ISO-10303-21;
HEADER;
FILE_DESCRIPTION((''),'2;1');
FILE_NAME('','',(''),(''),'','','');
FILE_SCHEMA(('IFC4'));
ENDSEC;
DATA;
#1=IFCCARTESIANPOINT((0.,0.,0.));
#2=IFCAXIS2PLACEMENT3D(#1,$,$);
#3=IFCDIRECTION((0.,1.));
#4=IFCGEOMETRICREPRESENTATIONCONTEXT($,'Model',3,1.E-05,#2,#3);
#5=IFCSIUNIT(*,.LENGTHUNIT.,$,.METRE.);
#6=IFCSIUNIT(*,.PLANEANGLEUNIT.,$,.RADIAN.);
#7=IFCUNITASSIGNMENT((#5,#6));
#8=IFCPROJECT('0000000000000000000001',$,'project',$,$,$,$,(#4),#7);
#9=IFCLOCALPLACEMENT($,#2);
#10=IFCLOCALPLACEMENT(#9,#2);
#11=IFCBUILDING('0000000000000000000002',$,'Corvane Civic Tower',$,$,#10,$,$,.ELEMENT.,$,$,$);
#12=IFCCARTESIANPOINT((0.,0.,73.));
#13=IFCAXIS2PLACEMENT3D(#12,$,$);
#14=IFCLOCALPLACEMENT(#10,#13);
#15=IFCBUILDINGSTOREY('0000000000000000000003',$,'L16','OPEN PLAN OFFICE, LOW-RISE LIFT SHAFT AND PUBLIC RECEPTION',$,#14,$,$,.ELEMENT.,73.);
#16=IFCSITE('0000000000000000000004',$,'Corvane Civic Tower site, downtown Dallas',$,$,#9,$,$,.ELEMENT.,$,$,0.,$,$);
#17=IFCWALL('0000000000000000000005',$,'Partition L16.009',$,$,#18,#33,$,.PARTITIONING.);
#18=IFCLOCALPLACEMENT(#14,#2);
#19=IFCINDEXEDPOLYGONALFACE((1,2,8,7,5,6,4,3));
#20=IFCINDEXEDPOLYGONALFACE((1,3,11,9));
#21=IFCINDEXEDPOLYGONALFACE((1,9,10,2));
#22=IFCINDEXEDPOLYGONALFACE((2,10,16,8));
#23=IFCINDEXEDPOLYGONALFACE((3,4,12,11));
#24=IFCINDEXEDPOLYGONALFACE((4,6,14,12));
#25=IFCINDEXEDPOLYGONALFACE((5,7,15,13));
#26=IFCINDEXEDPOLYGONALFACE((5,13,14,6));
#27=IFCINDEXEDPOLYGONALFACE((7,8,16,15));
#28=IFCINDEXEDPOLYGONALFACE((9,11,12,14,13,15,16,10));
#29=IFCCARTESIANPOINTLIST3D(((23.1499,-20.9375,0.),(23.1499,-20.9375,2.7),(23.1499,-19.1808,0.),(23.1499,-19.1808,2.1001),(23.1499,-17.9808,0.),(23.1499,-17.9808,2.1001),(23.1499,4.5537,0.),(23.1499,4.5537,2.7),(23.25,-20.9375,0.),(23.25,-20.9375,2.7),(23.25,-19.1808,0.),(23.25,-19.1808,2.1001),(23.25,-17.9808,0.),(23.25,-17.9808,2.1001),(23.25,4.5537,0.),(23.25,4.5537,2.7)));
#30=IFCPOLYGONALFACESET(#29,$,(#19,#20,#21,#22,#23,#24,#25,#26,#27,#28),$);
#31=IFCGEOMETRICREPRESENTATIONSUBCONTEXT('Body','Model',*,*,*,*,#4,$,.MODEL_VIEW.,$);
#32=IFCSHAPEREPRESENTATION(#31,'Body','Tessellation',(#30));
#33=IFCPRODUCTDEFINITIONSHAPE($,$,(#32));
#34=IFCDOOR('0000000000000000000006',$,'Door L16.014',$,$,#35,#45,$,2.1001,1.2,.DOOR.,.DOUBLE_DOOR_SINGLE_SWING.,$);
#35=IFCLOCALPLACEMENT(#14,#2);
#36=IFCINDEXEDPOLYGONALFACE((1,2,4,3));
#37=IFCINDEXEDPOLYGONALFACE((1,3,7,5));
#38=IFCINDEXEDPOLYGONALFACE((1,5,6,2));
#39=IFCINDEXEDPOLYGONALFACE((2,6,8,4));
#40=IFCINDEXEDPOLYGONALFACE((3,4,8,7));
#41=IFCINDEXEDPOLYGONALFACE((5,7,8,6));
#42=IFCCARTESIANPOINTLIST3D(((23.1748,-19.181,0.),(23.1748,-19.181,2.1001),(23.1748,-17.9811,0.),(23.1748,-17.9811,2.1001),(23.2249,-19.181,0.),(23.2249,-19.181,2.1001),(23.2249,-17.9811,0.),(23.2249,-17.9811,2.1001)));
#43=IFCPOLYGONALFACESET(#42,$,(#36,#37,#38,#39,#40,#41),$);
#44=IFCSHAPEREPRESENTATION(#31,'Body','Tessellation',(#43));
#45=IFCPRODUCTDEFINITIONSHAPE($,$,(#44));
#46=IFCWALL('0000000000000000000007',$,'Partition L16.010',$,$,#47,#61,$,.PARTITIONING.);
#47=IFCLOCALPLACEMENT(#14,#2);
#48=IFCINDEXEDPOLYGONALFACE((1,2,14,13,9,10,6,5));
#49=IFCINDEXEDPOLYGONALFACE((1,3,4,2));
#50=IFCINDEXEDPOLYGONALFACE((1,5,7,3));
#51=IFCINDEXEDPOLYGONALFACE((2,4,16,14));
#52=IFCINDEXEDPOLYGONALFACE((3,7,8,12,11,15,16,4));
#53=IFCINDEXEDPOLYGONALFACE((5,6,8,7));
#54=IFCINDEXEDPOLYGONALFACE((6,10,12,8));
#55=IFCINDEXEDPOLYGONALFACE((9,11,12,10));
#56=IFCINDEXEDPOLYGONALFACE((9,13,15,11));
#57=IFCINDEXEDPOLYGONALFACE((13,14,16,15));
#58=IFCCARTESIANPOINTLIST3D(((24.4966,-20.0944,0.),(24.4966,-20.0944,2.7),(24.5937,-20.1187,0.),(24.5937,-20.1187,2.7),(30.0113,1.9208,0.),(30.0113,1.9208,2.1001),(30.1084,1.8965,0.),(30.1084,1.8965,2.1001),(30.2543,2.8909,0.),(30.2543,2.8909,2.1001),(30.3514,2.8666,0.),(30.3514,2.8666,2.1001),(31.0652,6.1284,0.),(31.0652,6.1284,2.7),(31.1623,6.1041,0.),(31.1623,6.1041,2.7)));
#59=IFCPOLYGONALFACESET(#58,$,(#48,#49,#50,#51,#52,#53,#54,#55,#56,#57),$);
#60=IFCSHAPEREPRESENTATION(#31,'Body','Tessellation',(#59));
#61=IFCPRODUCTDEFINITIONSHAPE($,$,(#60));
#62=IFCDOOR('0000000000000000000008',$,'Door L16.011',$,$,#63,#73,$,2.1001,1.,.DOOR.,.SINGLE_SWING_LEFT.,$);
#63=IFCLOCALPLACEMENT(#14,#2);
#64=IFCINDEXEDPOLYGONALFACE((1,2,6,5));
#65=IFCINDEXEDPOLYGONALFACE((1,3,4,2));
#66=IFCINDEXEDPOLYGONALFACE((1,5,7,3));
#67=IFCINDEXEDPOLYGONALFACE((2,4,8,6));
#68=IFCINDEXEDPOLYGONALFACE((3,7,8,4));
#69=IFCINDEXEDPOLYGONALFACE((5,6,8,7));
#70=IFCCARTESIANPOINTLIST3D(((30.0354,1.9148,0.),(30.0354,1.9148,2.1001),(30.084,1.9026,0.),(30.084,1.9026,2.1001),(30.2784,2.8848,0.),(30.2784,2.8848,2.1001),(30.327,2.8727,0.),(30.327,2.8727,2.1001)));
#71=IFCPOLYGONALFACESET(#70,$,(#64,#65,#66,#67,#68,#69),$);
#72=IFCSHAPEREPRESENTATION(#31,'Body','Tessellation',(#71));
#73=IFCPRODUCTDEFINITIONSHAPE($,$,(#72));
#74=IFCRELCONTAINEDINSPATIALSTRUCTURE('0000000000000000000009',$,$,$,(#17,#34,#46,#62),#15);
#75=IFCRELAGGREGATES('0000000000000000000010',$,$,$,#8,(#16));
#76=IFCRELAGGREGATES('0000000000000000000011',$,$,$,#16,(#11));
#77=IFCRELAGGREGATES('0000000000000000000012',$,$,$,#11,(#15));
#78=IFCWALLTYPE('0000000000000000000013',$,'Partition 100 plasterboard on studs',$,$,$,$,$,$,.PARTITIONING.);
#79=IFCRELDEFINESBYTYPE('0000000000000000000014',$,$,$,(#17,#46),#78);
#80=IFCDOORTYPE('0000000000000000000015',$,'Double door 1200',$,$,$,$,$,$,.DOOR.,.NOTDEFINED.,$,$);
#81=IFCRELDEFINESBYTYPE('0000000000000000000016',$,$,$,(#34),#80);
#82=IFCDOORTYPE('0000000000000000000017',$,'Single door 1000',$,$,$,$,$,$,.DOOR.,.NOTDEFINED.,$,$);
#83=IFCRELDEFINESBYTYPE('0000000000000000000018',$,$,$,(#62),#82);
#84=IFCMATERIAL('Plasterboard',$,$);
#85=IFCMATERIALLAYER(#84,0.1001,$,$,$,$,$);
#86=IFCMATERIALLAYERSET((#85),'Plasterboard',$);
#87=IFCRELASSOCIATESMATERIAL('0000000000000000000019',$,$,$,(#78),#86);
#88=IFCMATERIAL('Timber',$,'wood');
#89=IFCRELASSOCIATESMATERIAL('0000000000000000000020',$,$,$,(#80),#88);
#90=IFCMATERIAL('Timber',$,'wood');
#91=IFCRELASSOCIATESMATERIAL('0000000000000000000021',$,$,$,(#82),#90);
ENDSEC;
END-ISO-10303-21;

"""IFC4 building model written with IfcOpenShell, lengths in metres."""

from ifc_helpers import new_model, si_unit, direction, frame, frame_2d, origin, place, context, subcontext, project, spatial, rectangle, extrude, material, layer, layer_set, type_object, element, fill, save


model = new_model("IFC4")

# Units and contexts
model_context = context("Model", 3, precision=1e-05, world=origin(), true_north=direction((0.0, 1.0)))
body_context = subcontext(model_context, "Body", "Model", "MODEL_VIEW")
ifc_project = project(units=[si_unit("LENGTHUNIT", "METRE"), si_unit("PLANEANGLEUNIT", "RADIAN")], contexts=[model_context])

# Site, building, storey
site_placement = place(None, origin())
site = spatial("IfcSite", under=ifc_project, at=site_placement, Name="Corvane Civic Tower site, downtown Dallas", CompositionType="ELEMENT", RefElevation=0.0)
building_placement = place(site_placement, origin())
building = spatial("IfcBuilding", under=site, at=building_placement, Name="Corvane Civic Tower", CompositionType="ELEMENT")
storey_placement = place(building_placement, frame((0.0, 0.0, 73.0)))
storey = spatial("IfcBuildingStorey", under=building, at=storey_placement, Name="L16", Description="OPEN PLAN OFFICE, LOW-RISE LIFT SHAFT AND PUBLIC RECEPTION", CompositionType="ELEMENT", Elevation=73.0)

# Shared definitions
ifc_material_1 = material(Name="Plasterboard")
ifc_layer_1 = layer(ifc_material_1, 0.1001)
ifc_layer_set_1 = layer_set([ifc_layer_1], Name="Plasterboard")
wall_type = type_object("IfcWallType", Name="Partition 100 plasterboard on studs", PredefinedType="PARTITIONING", material=ifc_layer_set_1)

# Walls, openings, doors
wall_1_placement = place(storey_placement, frame((23.2, -20.9375, 0.0), z_axis=(0.0, 0.0, 1.0), x_axis=(0.0, 1.0, 0.0)))
wall_1 = element("IfcWall", 1, at=wall_1_placement, inside=storey, type_object=wall_type, Name="Partition L16.009", PredefinedType="PARTITIONING", context=body_context, shape_type="SweptSolid", body=[
    extrude(rectangle(XDim=25.4912, YDim=0.1001, at=frame_2d((12.7456, 0.0))), origin(), (0.0, 0.0, 1.0), 2.7),
])
opening_1_placement = place(wall_1_placement, frame((1.7566, 0.0, 0.0)))
opening_1 = element("IfcOpeningElement", 2, at=opening_1_placement, cuts=wall_1, PredefinedType="OPENING", context=body_context, shape_type="SweptSolid", body=[
    extrude(rectangle(XDim=1.2, YDim=2.1001, at=frame_2d((0.6001, 1.05))), frame((0.0, 0.0601, 0.0), z_axis=(0.0, -1.0, 0.0), x_axis=(1.0, 0.0, 0.0)), (0.0, 0.0, 1.0), 0.1201),
])
ifc_material_2 = material(Name="Timber", Category="wood")
door_type_1 = type_object("IfcDoorType", Name="Double door 1200", OperationType="NOTDEFINED", PredefinedType="DOOR", material=ifc_material_2)
door_1_placement = place(opening_1_placement, frame((1.2, 0.0, 0.0), z_axis=(0.0, 0.0, 1.0), x_axis=(-1.0, 0.0, 0.0)))
door_1 = element("IfcDoor", 3, at=door_1_placement, inside=storey, type_object=door_type_1, Name="Door L16.014", OperationType="DOUBLE_DOOR_SINGLE_SWING", OverallHeight=2.1001, OverallWidth=1.2, PredefinedType="DOOR", context=body_context, shape_type="SweptSolid", body=[
    extrude(rectangle(XDim=1.2, YDim=2.1001, at=frame_2d((0.6001, 1.05))), frame((0.0, 0.0249, 0.0), z_axis=(0.0, -1.0, 0.0), x_axis=(1.0, 0.0, 0.0)), (0.0, 0.0, 1.0), 0.05),
])
fill(opening_1, door_1)
wall_2_placement = place(storey_placement, frame((24.5452, -20.1067, 0.0), z_axis=(0.0, 0.0, 1.0), x_axis=(0.242984, 0.97003, 0.0)))
wall_2 = element("IfcWall", 4, at=wall_2_placement, inside=storey, type_object=wall_type, Name="Partition L16.010", PredefinedType="PARTITIONING", context=body_context, shape_type="SweptSolid", body=[
    extrude(rectangle(XDim=27.033, YDim=0.1001, at=frame_2d((13.5166, 0.0))), origin(), (0.0, 0.0, 1.0), 2.7),
])
opening_2_placement = place(wall_2_placement, frame((22.6956, 0.0, 0.0)))
opening_2 = element("IfcOpeningElement", 5, at=opening_2_placement, cuts=wall_2, PredefinedType="OPENING", context=body_context, shape_type="SweptSolid", body=[
    extrude(rectangle(XDim=1.0, YDim=2.1001, at=frame_2d((0.5, 1.05))), frame((0.0, 0.0601, 0.0), z_axis=(0.0, -1.0, 0.0), x_axis=(1.0, 0.0, 0.0)), (0.0, 0.0, 1.0), 0.1201),
])
ifc_material_3 = material(Name="Timber", Category="wood")
door_type_2 = type_object("IfcDoorType", Name="Single door 1000", OperationType="NOTDEFINED", PredefinedType="DOOR", material=ifc_material_3)
door_2_placement = place(opening_2_placement, frame((1.0, 0.0, 0.0), z_axis=(0.0, 0.0, 1.0), x_axis=(-1.0, 0.0, 0.0)))
door_2 = element("IfcDoor", 6, at=door_2_placement, inside=storey, type_object=door_type_2, Name="Door L16.011", OperationType="SINGLE_SWING_LEFT", OverallHeight=2.1001, OverallWidth=1.0, PredefinedType="DOOR", context=body_context, shape_type="SweptSolid", body=[
    extrude(rectangle(XDim=1.0, YDim=2.1001, at=frame_2d((0.5, 1.05))), frame((0.0, 0.0249, 0.0), z_axis=(0.0, -1.0, 0.0), x_axis=(1.0, 0.0, 0.0)), (0.0, 0.0, 1.0), 0.05),
])
fill(opening_2, door_2)

save(model, "model.ifc")
